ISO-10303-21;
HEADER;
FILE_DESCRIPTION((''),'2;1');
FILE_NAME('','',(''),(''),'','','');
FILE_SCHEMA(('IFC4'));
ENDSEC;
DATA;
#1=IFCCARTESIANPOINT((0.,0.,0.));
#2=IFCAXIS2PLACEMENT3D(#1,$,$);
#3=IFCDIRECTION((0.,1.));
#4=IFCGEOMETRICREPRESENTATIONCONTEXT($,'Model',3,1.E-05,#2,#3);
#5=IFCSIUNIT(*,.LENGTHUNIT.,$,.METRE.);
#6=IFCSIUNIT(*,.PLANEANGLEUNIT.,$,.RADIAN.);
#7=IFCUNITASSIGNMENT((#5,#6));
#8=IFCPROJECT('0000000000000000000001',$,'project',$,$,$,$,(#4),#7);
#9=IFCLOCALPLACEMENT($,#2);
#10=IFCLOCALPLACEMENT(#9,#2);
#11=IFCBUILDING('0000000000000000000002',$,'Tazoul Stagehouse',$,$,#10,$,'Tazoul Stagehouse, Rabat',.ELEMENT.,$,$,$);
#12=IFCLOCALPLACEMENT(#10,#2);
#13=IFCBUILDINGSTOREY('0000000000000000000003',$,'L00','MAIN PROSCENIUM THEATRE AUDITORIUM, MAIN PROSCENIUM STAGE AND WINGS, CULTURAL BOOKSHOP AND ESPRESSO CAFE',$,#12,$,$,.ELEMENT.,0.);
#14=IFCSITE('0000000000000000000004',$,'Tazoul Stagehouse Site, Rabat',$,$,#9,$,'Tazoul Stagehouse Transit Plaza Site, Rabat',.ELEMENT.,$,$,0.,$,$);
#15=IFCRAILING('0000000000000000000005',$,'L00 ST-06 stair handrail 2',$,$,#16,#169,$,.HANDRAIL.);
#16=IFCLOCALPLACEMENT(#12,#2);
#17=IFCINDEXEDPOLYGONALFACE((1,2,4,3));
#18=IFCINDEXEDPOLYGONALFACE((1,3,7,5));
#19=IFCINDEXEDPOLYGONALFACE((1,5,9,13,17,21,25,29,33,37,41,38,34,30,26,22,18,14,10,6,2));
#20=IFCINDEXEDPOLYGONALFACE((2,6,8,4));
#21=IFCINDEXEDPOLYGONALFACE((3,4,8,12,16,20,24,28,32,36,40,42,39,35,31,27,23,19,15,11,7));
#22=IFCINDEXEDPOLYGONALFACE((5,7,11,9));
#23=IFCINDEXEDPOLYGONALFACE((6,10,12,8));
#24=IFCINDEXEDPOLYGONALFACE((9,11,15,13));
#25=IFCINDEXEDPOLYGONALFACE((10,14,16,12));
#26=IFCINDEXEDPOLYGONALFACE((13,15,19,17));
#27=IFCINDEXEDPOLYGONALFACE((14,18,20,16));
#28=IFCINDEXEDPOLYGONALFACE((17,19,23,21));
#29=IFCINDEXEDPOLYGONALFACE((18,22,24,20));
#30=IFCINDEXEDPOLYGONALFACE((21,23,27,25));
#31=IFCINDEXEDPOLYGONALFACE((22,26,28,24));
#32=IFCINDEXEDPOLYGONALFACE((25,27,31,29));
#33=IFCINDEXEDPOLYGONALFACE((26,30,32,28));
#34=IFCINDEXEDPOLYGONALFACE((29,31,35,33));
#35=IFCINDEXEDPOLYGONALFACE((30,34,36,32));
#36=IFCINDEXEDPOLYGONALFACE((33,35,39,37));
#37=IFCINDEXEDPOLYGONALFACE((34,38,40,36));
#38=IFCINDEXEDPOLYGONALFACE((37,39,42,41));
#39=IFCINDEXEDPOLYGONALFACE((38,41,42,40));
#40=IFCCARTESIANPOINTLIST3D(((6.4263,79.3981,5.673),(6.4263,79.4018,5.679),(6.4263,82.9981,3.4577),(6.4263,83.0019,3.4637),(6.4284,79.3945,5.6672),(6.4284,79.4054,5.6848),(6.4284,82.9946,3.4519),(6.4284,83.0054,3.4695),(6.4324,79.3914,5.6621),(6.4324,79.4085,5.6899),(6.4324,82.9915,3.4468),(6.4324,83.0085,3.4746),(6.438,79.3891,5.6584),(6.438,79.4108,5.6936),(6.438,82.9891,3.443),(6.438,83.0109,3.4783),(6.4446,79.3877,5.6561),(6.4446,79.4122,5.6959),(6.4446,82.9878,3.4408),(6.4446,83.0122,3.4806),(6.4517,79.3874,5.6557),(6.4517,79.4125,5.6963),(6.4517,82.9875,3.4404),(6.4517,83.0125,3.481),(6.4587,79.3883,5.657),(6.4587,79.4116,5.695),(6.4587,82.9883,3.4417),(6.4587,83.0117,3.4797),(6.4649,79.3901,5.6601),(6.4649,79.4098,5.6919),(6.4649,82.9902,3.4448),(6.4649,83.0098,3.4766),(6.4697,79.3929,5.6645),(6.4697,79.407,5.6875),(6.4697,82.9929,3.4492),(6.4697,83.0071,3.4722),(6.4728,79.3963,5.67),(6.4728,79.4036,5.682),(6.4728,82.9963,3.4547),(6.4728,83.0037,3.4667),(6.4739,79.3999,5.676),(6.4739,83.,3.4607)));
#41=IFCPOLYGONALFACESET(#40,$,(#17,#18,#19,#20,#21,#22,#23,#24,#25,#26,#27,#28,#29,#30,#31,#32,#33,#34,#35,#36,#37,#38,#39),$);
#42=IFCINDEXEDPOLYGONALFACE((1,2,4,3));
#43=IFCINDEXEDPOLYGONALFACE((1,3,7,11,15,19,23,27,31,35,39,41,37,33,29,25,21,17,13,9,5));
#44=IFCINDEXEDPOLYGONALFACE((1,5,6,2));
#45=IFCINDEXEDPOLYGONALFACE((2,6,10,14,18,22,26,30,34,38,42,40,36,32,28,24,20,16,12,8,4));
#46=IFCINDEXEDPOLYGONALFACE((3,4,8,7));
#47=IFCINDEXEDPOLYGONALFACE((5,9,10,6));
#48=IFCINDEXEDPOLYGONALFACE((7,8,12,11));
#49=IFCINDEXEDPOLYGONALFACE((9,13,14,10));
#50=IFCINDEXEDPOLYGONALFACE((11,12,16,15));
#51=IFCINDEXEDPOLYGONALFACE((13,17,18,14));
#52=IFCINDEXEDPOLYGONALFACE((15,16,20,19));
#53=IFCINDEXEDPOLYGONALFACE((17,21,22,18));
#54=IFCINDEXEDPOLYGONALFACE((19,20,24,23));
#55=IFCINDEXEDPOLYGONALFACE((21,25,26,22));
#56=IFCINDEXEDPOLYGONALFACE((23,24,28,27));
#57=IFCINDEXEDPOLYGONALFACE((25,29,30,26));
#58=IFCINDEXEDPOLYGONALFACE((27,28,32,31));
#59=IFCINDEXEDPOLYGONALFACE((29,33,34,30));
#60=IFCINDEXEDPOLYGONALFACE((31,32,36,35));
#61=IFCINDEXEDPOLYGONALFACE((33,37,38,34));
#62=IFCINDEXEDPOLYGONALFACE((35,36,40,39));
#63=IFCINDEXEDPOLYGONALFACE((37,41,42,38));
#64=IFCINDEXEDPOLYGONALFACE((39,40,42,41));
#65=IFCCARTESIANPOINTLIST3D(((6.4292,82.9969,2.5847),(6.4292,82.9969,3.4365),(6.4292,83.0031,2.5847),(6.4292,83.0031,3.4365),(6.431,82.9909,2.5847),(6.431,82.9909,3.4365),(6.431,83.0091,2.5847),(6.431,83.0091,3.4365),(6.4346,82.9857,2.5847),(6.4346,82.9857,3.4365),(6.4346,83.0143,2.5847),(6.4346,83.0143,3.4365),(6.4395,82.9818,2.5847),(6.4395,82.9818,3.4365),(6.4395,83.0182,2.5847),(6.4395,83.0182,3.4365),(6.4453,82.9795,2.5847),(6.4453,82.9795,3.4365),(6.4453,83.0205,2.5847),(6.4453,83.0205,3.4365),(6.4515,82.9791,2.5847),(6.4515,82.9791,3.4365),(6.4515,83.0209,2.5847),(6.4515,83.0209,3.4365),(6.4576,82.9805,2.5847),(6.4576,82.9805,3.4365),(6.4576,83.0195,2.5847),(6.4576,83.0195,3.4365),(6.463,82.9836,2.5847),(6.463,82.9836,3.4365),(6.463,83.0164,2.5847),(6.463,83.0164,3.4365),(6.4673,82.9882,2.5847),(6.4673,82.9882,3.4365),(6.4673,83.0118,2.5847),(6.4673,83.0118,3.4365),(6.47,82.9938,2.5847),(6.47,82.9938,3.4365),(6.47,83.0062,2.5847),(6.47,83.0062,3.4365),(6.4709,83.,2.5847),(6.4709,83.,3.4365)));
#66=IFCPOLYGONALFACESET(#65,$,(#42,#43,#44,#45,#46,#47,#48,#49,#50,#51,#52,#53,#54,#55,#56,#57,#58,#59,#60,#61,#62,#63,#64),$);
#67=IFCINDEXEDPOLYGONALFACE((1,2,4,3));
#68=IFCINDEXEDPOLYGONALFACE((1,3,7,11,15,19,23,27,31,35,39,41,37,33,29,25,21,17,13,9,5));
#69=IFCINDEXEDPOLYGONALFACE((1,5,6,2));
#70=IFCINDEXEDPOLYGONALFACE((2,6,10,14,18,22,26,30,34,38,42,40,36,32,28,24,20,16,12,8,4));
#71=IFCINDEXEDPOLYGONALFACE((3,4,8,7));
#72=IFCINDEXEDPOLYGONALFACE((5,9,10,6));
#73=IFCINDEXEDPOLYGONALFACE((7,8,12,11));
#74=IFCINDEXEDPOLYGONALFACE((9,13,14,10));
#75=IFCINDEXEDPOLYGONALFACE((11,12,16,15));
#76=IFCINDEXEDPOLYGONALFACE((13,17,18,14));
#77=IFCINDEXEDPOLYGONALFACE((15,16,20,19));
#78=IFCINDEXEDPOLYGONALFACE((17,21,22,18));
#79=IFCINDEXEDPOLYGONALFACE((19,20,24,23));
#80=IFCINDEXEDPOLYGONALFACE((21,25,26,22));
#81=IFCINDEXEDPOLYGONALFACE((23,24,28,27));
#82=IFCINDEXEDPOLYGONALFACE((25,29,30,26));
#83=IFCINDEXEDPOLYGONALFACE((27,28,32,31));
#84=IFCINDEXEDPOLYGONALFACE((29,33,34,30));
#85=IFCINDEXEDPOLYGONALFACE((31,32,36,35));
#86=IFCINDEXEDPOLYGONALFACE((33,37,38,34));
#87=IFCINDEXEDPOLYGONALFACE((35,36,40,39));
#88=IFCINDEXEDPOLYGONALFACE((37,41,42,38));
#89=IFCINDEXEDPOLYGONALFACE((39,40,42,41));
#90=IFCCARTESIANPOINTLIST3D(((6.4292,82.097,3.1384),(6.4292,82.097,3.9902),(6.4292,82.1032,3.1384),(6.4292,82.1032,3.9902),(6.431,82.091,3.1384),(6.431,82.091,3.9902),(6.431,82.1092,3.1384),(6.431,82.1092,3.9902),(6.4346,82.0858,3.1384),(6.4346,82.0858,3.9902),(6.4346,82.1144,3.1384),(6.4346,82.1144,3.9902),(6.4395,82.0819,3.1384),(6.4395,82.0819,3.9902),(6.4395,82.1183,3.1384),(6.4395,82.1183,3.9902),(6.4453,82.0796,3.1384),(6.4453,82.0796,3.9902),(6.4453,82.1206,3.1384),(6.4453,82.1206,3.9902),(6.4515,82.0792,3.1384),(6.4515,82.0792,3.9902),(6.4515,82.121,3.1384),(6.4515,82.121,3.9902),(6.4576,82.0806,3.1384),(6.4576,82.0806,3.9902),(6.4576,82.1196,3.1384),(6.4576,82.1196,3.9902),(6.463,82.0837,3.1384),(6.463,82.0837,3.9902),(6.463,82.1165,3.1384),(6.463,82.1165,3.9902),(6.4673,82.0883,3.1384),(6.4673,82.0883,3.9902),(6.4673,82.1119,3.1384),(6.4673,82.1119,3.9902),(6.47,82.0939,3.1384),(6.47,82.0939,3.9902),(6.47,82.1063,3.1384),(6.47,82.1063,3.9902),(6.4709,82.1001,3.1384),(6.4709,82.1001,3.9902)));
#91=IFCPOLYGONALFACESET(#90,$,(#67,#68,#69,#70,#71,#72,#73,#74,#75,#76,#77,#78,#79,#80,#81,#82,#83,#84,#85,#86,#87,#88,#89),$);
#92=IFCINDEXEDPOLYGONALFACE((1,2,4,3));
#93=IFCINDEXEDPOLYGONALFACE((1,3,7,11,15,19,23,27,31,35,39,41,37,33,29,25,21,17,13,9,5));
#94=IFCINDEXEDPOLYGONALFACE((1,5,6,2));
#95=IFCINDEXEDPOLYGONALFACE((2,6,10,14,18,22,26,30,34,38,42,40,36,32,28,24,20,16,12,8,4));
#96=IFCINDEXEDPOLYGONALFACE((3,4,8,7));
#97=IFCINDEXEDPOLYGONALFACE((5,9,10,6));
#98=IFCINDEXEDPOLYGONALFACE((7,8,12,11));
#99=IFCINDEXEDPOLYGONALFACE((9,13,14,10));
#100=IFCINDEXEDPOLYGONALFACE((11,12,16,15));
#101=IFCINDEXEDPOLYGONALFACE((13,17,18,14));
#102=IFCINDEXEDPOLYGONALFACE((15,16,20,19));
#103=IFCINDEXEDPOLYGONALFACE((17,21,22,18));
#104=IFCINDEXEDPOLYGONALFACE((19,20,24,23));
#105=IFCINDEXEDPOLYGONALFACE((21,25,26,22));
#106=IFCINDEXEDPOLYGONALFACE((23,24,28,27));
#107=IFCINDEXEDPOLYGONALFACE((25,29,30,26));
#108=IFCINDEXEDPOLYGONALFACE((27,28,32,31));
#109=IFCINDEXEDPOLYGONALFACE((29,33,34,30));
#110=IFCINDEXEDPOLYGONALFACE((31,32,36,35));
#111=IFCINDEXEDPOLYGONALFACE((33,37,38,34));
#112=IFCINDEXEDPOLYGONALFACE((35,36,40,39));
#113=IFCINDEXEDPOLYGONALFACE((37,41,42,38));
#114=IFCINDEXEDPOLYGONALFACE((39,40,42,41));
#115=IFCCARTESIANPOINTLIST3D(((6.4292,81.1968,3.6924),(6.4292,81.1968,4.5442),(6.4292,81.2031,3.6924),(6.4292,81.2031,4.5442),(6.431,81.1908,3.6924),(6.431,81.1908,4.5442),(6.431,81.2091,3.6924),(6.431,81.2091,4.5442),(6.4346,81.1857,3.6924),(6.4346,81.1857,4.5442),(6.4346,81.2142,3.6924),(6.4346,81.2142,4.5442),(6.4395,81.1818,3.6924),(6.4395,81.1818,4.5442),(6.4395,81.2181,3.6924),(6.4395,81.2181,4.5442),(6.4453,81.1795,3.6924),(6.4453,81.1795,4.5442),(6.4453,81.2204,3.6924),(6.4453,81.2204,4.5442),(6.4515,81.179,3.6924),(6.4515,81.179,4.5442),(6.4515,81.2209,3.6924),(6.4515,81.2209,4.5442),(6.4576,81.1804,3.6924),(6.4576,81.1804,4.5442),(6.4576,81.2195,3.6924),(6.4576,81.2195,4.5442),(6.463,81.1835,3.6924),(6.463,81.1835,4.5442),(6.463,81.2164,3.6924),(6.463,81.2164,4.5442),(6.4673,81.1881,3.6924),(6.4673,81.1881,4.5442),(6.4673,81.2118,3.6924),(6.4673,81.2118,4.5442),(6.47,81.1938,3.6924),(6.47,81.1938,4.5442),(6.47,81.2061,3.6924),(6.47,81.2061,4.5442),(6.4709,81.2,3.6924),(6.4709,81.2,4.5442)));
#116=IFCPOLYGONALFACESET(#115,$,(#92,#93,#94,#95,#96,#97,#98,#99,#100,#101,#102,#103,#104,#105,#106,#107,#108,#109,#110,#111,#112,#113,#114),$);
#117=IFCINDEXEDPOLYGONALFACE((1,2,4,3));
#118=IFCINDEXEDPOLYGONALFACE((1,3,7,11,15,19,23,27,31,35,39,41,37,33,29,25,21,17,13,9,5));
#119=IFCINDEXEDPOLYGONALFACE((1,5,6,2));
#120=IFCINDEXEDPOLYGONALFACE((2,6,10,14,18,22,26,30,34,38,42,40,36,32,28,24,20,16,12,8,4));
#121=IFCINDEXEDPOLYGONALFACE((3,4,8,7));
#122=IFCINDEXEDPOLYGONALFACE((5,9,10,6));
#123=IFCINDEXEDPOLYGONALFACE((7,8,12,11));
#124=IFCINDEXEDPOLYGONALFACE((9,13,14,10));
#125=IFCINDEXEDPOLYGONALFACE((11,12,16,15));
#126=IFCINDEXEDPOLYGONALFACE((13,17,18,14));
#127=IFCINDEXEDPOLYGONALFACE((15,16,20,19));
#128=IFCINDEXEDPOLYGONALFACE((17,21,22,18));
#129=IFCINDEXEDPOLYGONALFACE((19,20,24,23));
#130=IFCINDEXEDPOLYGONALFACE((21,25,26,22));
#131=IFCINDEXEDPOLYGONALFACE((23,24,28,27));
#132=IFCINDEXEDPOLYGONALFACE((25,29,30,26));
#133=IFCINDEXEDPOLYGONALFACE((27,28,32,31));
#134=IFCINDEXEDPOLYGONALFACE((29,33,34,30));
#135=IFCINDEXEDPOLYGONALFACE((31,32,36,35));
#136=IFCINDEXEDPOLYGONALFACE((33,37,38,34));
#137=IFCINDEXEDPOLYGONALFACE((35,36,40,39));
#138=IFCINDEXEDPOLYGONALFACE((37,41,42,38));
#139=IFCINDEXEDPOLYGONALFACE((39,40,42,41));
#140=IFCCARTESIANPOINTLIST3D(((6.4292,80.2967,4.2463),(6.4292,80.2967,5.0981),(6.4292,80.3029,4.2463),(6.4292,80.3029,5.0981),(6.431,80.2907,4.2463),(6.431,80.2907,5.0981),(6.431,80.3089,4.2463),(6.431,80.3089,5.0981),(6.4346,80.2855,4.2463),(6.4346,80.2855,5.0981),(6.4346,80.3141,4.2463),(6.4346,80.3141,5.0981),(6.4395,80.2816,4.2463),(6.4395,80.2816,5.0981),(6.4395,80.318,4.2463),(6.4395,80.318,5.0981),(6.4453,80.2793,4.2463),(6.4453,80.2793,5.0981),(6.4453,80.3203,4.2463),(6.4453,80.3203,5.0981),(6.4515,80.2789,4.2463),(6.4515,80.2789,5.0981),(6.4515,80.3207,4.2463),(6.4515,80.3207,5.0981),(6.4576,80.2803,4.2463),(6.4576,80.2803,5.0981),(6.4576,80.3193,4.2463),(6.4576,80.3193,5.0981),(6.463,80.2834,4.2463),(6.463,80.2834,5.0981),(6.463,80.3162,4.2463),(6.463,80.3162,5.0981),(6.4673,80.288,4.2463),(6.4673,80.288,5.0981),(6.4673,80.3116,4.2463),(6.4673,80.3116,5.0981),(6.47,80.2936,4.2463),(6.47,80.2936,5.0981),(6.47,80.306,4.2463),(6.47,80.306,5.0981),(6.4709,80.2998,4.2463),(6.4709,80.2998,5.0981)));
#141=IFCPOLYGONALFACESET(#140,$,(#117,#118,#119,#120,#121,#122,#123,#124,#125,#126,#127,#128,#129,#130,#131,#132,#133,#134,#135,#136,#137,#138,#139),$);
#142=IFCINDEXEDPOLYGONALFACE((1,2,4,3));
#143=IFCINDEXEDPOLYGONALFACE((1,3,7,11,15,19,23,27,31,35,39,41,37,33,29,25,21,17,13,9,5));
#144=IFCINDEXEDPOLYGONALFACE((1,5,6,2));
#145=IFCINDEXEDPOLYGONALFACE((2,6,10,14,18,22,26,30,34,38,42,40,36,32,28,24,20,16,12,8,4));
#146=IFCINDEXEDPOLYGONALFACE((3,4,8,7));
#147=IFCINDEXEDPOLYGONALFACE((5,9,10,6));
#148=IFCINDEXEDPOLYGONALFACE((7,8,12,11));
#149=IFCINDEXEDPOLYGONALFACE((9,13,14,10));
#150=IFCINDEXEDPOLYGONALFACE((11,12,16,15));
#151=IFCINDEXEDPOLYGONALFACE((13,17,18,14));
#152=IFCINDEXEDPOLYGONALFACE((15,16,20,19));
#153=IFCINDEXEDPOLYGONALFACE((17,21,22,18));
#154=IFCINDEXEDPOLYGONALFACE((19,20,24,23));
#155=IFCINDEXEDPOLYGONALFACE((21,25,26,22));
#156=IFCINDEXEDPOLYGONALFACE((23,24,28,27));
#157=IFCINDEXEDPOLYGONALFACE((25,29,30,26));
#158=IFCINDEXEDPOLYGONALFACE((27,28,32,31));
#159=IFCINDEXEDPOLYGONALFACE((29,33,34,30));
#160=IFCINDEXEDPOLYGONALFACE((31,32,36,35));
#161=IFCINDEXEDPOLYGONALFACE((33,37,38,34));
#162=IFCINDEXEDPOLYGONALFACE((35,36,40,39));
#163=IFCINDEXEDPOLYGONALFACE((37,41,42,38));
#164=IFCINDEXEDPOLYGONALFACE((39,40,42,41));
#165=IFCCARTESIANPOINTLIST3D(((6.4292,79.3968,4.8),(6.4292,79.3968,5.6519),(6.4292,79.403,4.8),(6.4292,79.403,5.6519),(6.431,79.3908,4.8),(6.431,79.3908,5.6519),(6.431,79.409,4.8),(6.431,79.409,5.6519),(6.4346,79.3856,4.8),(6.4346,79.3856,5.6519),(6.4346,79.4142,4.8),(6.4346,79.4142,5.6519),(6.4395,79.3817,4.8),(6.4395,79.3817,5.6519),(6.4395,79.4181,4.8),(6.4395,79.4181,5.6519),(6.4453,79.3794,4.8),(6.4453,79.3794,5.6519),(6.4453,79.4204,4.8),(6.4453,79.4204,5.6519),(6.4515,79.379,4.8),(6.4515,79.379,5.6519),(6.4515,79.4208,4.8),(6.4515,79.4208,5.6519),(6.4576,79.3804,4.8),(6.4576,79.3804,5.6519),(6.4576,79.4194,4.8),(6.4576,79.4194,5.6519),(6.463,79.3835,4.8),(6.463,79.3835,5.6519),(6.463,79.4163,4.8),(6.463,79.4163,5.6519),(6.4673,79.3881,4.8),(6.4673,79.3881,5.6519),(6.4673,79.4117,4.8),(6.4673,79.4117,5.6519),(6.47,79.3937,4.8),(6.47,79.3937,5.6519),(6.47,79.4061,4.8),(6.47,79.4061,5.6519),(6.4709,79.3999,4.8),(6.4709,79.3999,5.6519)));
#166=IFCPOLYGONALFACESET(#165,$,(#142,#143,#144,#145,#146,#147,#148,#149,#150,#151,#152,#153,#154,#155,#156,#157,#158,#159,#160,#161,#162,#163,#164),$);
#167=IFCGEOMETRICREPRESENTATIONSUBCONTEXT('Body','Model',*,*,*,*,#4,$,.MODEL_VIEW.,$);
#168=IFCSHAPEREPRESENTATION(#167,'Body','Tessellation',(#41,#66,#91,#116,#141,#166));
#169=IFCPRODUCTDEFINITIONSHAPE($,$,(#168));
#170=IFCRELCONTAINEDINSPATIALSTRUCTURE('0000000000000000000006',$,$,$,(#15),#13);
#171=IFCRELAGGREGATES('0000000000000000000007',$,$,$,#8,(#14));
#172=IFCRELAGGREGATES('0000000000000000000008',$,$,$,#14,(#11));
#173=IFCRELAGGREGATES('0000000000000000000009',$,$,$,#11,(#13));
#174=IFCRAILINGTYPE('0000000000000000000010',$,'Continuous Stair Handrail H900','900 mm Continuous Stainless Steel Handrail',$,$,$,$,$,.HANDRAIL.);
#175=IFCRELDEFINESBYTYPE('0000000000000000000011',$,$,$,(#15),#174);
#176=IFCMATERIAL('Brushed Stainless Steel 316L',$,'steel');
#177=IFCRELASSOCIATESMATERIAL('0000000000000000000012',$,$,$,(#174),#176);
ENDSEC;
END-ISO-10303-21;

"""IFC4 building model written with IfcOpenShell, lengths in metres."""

from ifc_helpers import new_model, si_unit, direction, frame, origin, origin_2d, place, context, subcontext, project, spatial, circle, extrude, material, material_profile, profile_set, type_object, element, save


model = new_model("IFC4")

# Units and contexts
model_context = context("Model", 3, precision=1e-05, world=origin(), true_north=direction((0.0, 1.0)))
body_context = subcontext(model_context, "Body", "Model", "MODEL_VIEW")
ifc_project = project(units=[si_unit("LENGTHUNIT", "METRE"), si_unit("PLANEANGLEUNIT", "RADIAN")], contexts=[model_context])

# Site, building, storey
site_placement = place(None, origin())
site = spatial("IfcSite", under=ifc_project, at=site_placement, Name="Tazoul Stagehouse Site, Rabat", LongName="Tazoul Stagehouse Transit Plaza Site, Rabat", CompositionType="ELEMENT", RefElevation=0.0)
building_placement = place(site_placement, origin())
building = spatial("IfcBuilding", under=site, at=building_placement, Name="Tazoul Stagehouse", LongName="Tazoul Stagehouse, Rabat", CompositionType="ELEMENT")
storey_placement = place(building_placement, origin())
storey = spatial("IfcBuildingStorey", under=building, at=storey_placement, Name="L00", Description="MAIN PROSCENIUM THEATRE AUDITORIUM, MAIN PROSCENIUM STAGE AND WINGS, CULTURAL BOOKSHOP AND ESPRESSO CAFE", CompositionType="ELEMENT", Elevation=0.0)

# Railing
ifc_material_1 = material(Name="Brushed Stainless Steel 316L", Category="steel")
ifc_material_profile_1 = material_profile(ifc_material_1, circle(Radius=0.021, at=origin_2d()), Name="SS HANDRAIL D42")
ifc_profile_set_1 = profile_set([ifc_material_profile_1], Name="Brushed Stainless Steel 316L")
railing_type_1 = type_object("IfcRailingType", Name="Continuous Stair Handrail H900", Description="900 mm Continuous Stainless Steel Handrail", PredefinedType="HANDRAIL", material=ifc_profile_set_1)
railing_1_placement = place(storey_placement, frame((6.45, 83.0, 2.5847)))
element("IfcRailing", 1, at=railing_1_placement, inside=storey, type_object=railing_type_1, Name="L00 ST-06 stair handrail 2", PredefinedType="HANDRAIL", context=body_context, shape_type="SweptSolid", body=[
    extrude(circle(Radius=0.0239, at=origin_2d()), frame((0.0, 0.0, 0.876), z_axis=(0.0, -0.85167, 0.524078), x_axis=(1.0, 0.0, 0.0)), (0.0, 0.0, 1.0), 4.2271),
    extrude(circle(Radius=0.021, at=origin_2d()), origin(), (0.0, 0.0, 1.0), 0.8518),
    extrude(circle(Radius=0.021, at=origin_2d()), frame((0.0, -0.8999, 0.5537)), (0.0, 0.0, 1.0), 0.8518),
    extrude(circle(Radius=0.021, at=origin_2d()), frame((0.0, -1.8, 1.1077)), (0.0, 0.0, 1.0), 0.8518),
    extrude(circle(Radius=0.021, at=origin_2d()), frame((0.0, -2.7002, 1.6616)), (0.0, 0.0, 1.0), 0.8518),
    extrude(circle(Radius=0.021, at=origin_2d()), frame((0.0, -3.6001, 2.2153)), (0.0, 0.0, 1.0), 0.8518),
])

save(model, "model.ifc")
